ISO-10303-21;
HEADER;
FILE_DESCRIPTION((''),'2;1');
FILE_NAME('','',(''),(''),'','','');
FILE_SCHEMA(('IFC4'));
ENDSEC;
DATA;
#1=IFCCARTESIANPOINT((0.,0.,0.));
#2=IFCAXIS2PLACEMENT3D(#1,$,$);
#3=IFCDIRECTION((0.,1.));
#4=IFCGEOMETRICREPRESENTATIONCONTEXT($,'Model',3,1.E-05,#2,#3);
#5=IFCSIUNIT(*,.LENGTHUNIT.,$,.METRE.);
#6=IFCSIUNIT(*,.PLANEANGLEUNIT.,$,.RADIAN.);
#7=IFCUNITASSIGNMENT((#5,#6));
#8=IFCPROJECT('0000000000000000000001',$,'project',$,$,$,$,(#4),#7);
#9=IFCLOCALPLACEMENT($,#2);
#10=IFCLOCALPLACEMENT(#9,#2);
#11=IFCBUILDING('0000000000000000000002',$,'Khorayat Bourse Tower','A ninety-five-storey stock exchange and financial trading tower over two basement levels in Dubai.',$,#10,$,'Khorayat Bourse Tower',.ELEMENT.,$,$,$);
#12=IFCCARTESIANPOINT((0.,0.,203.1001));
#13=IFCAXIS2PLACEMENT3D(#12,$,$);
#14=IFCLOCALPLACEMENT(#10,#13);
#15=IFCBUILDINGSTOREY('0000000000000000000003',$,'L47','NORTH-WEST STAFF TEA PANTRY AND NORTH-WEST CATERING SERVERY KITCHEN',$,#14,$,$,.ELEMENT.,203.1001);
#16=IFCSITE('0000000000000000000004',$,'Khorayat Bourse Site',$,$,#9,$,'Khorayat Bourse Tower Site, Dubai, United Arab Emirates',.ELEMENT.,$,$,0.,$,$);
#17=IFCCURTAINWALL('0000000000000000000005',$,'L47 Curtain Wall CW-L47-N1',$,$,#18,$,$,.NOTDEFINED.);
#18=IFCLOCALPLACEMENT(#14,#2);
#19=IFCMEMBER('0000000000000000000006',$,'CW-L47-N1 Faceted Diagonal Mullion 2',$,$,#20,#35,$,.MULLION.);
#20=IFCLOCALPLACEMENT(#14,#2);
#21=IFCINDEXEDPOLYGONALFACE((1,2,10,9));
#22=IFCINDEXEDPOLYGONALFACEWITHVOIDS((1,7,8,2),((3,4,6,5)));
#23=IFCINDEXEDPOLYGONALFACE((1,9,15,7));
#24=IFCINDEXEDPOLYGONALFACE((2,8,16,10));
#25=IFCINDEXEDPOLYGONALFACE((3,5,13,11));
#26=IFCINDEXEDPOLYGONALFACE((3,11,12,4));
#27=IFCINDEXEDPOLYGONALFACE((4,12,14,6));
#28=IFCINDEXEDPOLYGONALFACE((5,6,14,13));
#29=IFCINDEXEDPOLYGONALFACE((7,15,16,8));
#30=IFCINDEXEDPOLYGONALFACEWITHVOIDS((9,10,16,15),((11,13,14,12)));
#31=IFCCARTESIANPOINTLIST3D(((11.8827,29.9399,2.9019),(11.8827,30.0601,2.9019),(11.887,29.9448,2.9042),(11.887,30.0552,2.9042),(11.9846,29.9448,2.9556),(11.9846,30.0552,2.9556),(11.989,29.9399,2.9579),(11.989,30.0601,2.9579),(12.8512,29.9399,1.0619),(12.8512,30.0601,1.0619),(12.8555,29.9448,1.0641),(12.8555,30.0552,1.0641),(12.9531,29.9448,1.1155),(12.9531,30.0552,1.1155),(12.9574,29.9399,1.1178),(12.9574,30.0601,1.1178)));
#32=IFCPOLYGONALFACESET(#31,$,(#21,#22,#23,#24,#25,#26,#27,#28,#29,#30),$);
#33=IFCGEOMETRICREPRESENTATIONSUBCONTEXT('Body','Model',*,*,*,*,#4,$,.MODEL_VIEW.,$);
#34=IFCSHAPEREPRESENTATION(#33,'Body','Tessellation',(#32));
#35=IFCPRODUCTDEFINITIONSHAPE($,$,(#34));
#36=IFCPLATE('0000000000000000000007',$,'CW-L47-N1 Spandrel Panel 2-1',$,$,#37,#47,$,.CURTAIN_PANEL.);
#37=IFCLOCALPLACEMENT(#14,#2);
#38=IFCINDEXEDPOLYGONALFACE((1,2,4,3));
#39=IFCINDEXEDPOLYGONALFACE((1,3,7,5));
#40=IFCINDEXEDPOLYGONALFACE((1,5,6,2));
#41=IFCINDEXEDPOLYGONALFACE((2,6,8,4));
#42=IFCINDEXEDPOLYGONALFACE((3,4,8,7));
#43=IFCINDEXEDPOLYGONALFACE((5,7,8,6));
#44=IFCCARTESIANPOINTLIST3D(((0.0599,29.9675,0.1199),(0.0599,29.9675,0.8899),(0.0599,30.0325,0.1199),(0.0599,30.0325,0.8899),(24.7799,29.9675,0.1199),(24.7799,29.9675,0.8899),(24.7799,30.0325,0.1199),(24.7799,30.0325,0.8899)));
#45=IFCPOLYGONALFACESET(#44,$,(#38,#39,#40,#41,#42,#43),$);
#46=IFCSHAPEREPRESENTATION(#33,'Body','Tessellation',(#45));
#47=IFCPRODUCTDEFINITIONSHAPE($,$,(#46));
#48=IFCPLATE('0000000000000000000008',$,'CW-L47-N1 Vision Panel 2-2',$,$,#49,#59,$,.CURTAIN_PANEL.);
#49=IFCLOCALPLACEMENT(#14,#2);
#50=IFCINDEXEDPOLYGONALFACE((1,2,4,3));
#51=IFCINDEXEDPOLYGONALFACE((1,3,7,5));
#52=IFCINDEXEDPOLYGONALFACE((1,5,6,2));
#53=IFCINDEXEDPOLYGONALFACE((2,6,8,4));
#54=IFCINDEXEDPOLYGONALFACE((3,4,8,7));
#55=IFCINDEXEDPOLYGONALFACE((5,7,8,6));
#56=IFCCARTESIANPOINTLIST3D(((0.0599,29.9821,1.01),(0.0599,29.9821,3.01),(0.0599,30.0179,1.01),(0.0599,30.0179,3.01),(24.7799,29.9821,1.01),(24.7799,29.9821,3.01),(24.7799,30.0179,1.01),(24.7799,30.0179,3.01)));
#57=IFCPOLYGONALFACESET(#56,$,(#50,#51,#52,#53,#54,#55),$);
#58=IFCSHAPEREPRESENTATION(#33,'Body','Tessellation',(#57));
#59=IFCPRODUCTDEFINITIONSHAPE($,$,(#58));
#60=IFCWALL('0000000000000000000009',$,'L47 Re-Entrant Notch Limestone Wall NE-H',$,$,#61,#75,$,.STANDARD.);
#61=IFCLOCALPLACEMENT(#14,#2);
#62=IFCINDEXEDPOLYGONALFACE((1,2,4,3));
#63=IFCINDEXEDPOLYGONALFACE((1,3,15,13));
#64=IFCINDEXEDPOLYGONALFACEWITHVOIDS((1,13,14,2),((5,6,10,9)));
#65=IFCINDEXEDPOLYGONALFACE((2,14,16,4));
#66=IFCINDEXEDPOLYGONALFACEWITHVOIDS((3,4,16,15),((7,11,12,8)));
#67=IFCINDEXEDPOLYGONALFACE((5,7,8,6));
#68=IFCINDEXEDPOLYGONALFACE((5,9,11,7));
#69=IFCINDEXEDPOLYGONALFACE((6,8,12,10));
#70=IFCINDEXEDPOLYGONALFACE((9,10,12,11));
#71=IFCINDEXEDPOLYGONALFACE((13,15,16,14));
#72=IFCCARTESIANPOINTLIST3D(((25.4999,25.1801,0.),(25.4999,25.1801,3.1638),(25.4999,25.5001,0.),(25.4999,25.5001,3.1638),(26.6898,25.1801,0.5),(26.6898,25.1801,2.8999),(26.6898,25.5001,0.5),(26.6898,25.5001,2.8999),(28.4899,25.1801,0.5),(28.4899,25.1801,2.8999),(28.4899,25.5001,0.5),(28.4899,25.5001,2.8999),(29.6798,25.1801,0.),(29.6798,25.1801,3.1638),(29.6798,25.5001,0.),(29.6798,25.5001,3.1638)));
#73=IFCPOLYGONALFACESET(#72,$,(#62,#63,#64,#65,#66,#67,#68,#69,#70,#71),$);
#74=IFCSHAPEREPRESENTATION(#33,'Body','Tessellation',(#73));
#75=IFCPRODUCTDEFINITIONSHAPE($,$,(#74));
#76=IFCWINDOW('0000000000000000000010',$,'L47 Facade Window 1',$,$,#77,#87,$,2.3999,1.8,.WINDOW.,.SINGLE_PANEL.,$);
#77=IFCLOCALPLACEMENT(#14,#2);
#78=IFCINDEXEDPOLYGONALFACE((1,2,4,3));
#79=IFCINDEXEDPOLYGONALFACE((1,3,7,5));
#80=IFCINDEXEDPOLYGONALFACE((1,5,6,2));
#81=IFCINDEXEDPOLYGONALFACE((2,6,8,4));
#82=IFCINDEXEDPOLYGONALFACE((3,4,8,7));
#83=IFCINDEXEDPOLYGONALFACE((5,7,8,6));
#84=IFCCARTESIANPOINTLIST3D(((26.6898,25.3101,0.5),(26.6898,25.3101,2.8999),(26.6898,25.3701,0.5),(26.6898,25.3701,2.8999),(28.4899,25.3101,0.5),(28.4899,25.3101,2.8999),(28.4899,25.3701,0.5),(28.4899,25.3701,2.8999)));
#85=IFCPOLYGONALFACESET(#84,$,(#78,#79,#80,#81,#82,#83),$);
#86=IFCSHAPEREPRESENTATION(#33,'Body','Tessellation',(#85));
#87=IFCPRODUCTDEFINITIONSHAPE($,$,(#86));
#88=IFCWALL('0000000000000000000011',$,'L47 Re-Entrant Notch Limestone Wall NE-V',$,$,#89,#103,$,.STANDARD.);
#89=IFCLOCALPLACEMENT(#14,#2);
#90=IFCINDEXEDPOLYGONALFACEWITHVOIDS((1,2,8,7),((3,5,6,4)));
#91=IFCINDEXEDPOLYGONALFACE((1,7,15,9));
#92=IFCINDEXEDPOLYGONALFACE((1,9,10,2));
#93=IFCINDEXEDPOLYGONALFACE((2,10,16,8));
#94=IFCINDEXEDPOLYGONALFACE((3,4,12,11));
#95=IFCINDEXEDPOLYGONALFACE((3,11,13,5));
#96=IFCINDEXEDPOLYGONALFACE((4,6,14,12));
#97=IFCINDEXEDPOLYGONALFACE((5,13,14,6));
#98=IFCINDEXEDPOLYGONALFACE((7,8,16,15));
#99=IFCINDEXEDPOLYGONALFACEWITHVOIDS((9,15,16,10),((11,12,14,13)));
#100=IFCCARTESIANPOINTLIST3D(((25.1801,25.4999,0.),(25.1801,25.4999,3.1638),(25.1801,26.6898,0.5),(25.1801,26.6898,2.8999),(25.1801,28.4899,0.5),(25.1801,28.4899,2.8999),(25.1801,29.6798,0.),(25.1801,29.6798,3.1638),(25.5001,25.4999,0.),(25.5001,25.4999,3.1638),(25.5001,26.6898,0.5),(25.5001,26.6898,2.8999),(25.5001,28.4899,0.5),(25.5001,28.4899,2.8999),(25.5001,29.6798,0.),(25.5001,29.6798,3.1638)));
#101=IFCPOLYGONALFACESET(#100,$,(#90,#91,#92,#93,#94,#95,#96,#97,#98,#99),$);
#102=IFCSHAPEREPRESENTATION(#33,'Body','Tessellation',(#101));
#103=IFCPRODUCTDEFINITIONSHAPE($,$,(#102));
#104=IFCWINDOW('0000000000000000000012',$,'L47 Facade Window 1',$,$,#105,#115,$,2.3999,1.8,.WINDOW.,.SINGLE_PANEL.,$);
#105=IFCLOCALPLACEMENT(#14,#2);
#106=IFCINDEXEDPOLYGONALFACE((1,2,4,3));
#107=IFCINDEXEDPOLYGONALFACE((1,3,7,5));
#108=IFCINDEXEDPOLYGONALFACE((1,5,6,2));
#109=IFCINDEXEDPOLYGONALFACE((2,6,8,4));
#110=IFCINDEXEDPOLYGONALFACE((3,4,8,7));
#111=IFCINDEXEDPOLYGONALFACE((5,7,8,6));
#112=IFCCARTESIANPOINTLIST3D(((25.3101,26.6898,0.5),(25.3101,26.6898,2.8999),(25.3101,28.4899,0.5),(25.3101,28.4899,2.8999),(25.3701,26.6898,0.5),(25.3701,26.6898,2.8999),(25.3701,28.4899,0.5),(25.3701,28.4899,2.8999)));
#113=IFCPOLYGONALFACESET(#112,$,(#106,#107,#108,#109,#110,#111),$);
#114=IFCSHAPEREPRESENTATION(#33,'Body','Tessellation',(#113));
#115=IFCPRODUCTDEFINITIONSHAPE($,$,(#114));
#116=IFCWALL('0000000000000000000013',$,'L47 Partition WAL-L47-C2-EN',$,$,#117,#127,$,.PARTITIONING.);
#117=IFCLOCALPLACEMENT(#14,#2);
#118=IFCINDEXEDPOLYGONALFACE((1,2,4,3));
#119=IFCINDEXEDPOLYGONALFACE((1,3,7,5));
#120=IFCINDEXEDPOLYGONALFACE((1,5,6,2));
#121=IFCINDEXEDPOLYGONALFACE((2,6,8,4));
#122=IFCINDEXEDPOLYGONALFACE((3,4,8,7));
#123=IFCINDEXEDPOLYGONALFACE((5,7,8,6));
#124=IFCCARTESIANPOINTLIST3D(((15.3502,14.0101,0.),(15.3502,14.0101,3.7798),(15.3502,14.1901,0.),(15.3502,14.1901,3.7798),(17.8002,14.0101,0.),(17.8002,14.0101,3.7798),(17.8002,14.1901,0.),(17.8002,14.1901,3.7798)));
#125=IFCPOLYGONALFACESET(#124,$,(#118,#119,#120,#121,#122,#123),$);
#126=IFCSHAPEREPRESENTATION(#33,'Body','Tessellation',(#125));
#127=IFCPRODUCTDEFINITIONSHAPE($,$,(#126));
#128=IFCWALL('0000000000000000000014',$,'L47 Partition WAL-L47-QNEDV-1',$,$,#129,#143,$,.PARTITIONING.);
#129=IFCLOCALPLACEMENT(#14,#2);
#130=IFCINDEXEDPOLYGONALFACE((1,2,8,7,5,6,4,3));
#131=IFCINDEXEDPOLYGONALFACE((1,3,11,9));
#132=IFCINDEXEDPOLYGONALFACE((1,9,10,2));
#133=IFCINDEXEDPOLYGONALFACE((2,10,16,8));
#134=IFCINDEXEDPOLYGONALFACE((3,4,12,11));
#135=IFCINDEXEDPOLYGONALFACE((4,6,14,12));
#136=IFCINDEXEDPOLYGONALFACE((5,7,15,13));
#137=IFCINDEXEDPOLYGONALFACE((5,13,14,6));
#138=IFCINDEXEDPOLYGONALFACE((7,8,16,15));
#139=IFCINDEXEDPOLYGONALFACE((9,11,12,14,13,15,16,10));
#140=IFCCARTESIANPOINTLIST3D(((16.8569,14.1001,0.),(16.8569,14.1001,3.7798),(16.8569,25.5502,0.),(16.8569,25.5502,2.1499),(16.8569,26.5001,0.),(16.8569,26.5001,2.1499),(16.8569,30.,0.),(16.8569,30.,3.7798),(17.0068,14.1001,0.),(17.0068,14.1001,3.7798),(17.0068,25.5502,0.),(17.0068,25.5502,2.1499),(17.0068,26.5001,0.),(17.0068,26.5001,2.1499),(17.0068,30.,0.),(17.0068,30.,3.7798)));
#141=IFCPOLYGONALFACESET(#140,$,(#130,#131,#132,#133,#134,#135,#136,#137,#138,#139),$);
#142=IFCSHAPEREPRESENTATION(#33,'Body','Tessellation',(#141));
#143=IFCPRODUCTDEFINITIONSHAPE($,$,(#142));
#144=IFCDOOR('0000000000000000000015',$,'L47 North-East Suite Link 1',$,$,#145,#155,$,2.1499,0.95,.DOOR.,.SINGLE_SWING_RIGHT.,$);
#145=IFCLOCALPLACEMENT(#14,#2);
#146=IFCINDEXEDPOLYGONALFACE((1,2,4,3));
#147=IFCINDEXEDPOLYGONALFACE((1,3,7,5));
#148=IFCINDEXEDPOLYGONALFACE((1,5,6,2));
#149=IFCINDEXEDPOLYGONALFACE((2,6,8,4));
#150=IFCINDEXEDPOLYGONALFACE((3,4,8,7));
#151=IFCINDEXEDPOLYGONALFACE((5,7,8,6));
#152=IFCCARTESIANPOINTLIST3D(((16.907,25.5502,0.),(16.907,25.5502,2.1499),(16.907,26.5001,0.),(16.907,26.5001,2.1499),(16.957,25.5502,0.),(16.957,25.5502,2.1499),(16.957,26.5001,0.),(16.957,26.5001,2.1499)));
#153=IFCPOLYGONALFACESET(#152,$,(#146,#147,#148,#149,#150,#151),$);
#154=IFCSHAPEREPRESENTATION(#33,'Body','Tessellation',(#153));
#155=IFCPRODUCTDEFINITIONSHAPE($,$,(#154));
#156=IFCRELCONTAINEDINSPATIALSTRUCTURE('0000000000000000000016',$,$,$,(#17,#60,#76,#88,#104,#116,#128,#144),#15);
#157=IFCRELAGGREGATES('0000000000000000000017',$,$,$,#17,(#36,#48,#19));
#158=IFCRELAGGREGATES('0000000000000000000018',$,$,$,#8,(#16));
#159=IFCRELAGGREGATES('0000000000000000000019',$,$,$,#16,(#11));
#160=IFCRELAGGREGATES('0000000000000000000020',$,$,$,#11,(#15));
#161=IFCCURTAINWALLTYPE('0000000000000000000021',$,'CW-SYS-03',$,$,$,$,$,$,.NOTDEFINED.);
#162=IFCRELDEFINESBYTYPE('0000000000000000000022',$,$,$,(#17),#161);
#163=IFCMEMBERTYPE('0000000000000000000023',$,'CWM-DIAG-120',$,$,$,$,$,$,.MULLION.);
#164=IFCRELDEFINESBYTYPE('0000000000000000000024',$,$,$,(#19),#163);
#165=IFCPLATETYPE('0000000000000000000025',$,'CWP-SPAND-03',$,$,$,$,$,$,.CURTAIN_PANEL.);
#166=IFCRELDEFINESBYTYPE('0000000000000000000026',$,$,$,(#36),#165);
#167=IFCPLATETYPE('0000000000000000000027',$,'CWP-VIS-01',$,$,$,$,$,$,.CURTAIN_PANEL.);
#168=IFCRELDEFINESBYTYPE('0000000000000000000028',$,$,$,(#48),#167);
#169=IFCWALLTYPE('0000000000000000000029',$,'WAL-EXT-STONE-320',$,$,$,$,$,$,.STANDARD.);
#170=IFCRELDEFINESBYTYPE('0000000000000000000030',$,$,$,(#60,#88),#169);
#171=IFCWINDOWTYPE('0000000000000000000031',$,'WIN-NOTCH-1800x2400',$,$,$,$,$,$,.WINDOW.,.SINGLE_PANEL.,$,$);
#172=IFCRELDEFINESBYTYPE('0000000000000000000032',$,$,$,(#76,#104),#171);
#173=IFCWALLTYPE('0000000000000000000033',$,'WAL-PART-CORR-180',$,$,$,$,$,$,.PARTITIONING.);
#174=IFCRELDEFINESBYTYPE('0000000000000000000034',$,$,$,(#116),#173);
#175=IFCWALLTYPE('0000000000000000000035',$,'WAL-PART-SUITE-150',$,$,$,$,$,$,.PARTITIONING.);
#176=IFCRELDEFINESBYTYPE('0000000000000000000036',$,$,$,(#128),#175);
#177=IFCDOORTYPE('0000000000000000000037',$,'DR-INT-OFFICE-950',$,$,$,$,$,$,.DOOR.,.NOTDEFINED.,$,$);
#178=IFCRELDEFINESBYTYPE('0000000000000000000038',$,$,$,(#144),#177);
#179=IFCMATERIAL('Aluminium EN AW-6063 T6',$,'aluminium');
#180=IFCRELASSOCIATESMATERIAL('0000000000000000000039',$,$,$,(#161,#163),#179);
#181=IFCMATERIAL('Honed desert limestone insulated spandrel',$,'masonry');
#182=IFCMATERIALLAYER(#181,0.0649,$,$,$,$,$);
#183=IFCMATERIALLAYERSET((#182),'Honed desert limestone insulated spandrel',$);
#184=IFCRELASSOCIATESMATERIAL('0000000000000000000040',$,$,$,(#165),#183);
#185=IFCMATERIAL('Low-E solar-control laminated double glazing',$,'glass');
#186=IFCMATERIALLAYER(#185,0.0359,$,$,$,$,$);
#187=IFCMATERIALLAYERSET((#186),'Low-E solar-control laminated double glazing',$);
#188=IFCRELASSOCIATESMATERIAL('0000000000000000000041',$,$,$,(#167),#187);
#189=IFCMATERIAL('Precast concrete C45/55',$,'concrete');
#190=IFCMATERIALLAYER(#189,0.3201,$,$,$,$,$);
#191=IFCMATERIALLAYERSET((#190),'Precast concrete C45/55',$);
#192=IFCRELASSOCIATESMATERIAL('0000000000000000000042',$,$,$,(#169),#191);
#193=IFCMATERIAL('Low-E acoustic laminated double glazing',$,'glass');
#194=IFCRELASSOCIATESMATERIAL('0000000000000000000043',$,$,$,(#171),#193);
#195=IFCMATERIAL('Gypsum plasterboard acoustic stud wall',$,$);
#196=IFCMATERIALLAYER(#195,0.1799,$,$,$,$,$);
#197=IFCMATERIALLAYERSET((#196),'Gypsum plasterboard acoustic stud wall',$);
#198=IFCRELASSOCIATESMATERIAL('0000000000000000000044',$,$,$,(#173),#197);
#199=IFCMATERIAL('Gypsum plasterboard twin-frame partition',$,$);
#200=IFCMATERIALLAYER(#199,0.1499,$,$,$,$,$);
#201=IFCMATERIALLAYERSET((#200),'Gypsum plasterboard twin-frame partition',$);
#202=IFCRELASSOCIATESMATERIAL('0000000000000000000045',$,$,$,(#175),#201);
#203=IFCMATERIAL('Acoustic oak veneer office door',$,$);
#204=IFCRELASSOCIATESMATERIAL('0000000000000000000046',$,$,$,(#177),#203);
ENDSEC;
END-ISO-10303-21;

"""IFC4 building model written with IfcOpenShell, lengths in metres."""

from ifc_helpers import new_model, si_unit, direction, frame, frame_2d, origin, origin_2d, place, context, subcontext, project, spatial, rectangle, hollow_rectangle, extrude, source, transform, mapped, material, layer, layer_set, material_profile, profile_set, type_object, element, fill, aggregate, save


model = new_model("IFC4")

# Units and contexts
model_context = context("Model", 3, precision=1e-05, world=origin(), true_north=direction((0.0, 1.0)))
body_context = subcontext(model_context, "Body", "Model", "MODEL_VIEW")
ifc_project = project(units=[si_unit("LENGTHUNIT", "METRE"), si_unit("PLANEANGLEUNIT", "RADIAN")], contexts=[model_context])

# Site, building, storey
site_placement = place(None, origin())
site = spatial("IfcSite", under=ifc_project, at=site_placement, Name="Khorayat Bourse Site", LongName="Khorayat Bourse Tower Site, Dubai, United Arab Emirates", CompositionType="ELEMENT", RefElevation=0.0)
building_placement = place(site_placement, origin())
building = spatial("IfcBuilding", under=site, at=building_placement, Name="Khorayat Bourse Tower", Description="A ninety-five-storey stock exchange and financial trading tower over two basement levels in Dubai.", LongName="Khorayat Bourse Tower", CompositionType="ELEMENT")
storey_placement = place(building_placement, frame((0.0, 0.0, 203.1001)))
storey = spatial("IfcBuildingStorey", under=building, at=storey_placement, Name="L47", Description="NORTH-WEST STAFF TEA PANTRY AND NORTH-WEST CATERING SERVERY KITCHEN", CompositionType="ELEMENT", Elevation=203.1001)

# Curtain wall
ifc_material_1 = material(Name="Aluminium EN AW-6063 T6", Category="aluminium")
curtain_wall_type = type_object("IfcCurtainWallType", Name="CW-SYS-03", PredefinedType="NOTDEFINED", material=ifc_material_1)
curtain_wall_1_placement = place(storey_placement, origin())
curtain_wall_1 = element("IfcCurtainWall", 1, at=curtain_wall_1_placement, inside=storey, type_object=curtain_wall_type, Name="L47 Curtain Wall CW-L47-N1", PredefinedType="NOTDEFINED")

# Member
ifc_material_profile_1 = material_profile(ifc_material_1, hollow_rectangle(XDim=0.1201, YDim=0.1201, WallThickness=0.0049, at=origin_2d()), Name="ALU 120x120x5")
ifc_profile_set_1 = profile_set([ifc_material_profile_1], Name="Aluminium EN AW-6063 T6")
member_type_1 = type_object("IfcMemberType", Name="CWM-DIAG-120", PredefinedType="MULLION", material=ifc_profile_set_1)
shared_shape_1 = source(origin(), body_context, "Body", "SweptSolid", [
    extrude(hollow_rectangle(XDim=0.1201, YDim=0.1201, WallThickness=0.0049, at=origin_2d()), origin(), (0.0, 0.0, 1.0), 2.0793),
])
member_1_placement = place(storey_placement, frame((12.9043, 30.0, 1.0898), z_axis=(-0.465761, 0.0, 0.884911), x_axis=(0.0, -1.0, 0.0)))
member_1 = element("IfcMember", 2, at=member_1_placement, type_object=member_type_1, Name="CW-L47-N1 Faceted Diagonal Mullion 2", PredefinedType="MULLION", context=body_context, shape_type="MappedRepresentation", body=[
    mapped(shared_shape_1, transform((0.0, 0.0, 0.0), scale=1.0)),
])

# Plates
ifc_material_2 = material(Name="Honed desert limestone insulated spandrel", Category="masonry")
ifc_layer_1 = layer(ifc_material_2, 0.0649)
ifc_layer_set_1 = layer_set([ifc_layer_1], Name="Honed desert limestone insulated spandrel")
plate_type_1 = type_object("IfcPlateType", Name="CWP-SPAND-03", PredefinedType="CURTAIN_PANEL", material=ifc_layer_set_1)
shared_shape_2 = source(origin(), body_context, "Body", "SweptSolid", [
    extrude(rectangle(XDim=24.72, YDim=0.0649, at=origin_2d()), origin(), (0.0, 0.0, 1.0), 0.77),
])
plate_1_placement = place(storey_placement, frame((12.4199, 30.0, 0.1199), z_axis=(0.0, 0.0, 1.0), x_axis=(1.0, 0.0, 0.0)))
plate_1 = element("IfcPlate", 3, at=plate_1_placement, type_object=plate_type_1, Name="CW-L47-N1 Spandrel Panel 2-1", PredefinedType="CURTAIN_PANEL", context=body_context, shape_type="MappedRepresentation", body=[
    mapped(shared_shape_2, transform((0.0, 0.0, 0.0), scale=1.0)),
])
ifc_material_3 = material(Name="Low-E solar-control laminated double glazing", Category="glass")
ifc_layer_2 = layer(ifc_material_3, 0.0359)
ifc_layer_set_2 = layer_set([ifc_layer_2], Name="Low-E solar-control laminated double glazing")
plate_type_2 = type_object("IfcPlateType", Name="CWP-VIS-01", PredefinedType="CURTAIN_PANEL", material=ifc_layer_set_2)
shared_shape_3 = source(origin(), body_context, "Body", "SweptSolid", [
    extrude(rectangle(XDim=24.72, YDim=0.0359, at=origin_2d()), origin(), (0.0, 0.0, 1.0), 2.0),
])
plate_2_placement = place(storey_placement, frame((12.4199, 30.0, 1.01), z_axis=(0.0, 0.0, 1.0), x_axis=(1.0, 0.0, 0.0)))
plate_2 = element("IfcPlate", 4, at=plate_2_placement, type_object=plate_type_2, Name="CW-L47-N1 Vision Panel 2-2", PredefinedType="CURTAIN_PANEL", context=body_context, shape_type="MappedRepresentation", body=[
    mapped(shared_shape_3, transform((0.0, 0.0, 0.0), scale=1.0)),
])
aggregate(curtain_wall_1, [plate_1, plate_2, member_1])

# Walls, openings, windows
ifc_material_4 = material(Name="Precast concrete C45/55", Category="concrete")
ifc_layer_3 = layer(ifc_material_4, 0.3201)
ifc_layer_set_3 = layer_set([ifc_layer_3], Name="Precast concrete C45/55")
wall_type_1 = type_object("IfcWallType", Name="WAL-EXT-STONE-320", PredefinedType="STANDARD", material=ifc_layer_set_3)
shared_shape_4 = source(origin(), body_context, "Body", "SweptSolid", [
    extrude(rectangle(XDim=4.1799, YDim=0.3201, at=frame_2d((2.0898, 0.0))), origin(), (0.0, 0.0, 1.0), 3.1638),
])
wall_1_placement = place(storey_placement, frame((25.5, 25.3401, 0.0), z_axis=(0.0, 0.0, 1.0), x_axis=(1.0, 0.0, 0.0)))
wall_1 = element("IfcWall", 5, at=wall_1_placement, inside=storey, type_object=wall_type_1, Name="L47 Re-Entrant Notch Limestone Wall NE-H", PredefinedType="STANDARD", context=body_context, shape_type="MappedRepresentation", body=[
    mapped(shared_shape_4, transform((0.0, 0.0, 0.0), scale=1.0)),
])
shared_shape_5 = source(origin(), body_context, "Body", "SweptSolid", [
    extrude(rectangle(XDim=1.8, YDim=2.3999, at=frame_2d((0.8999, 1.2))), frame((0.0, 0.1699, 0.0), z_axis=(0.0, -1.0, 0.0), x_axis=(1.0, 0.0, 0.0)), (0.0, 0.0, 1.0), 0.3401),
])
opening_1_placement = place(wall_1_placement, frame((1.1899, 0.0, 0.5)))
opening_1 = element("IfcOpeningElement", 6, at=opening_1_placement, cuts=wall_1, PredefinedType="OPENING", context=body_context, shape_type="MappedRepresentation", body=[
    mapped(shared_shape_5, transform((0.0, 0.0, 0.0), scale=1.0)),
])
ifc_material_5 = material(Name="Low-E acoustic laminated double glazing", Category="glass")
window_type = type_object("IfcWindowType", Name="WIN-NOTCH-1800x2400", PartitioningType="SINGLE_PANEL", PredefinedType="WINDOW", material=ifc_material_5)
shared_shape_6 = source(origin(), body_context, "Body", "SweptSolid", [
    extrude(rectangle(XDim=1.8, YDim=2.3999, at=frame_2d((0.8999, 1.2))), frame((0.0, 0.03, 0.0), z_axis=(0.0, -1.0, 0.0), x_axis=(1.0, 0.0, 0.0)), (0.0, 0.0, 1.0), 0.0601),
])
window_1_placement = place(opening_1_placement, origin())
window_1 = element("IfcWindow", 7, at=window_1_placement, inside=storey, type_object=window_type, Name="L47 Facade Window 1", OverallHeight=2.3999, OverallWidth=1.8, PartitioningType="SINGLE_PANEL", PredefinedType="WINDOW", context=body_context, shape_type="MappedRepresentation", body=[
    mapped(shared_shape_6, transform((0.0, 0.0, 0.0), scale=1.0)),
])
fill(opening_1, window_1)
wall_2_placement = place(storey_placement, frame((25.3401, 25.5, 0.0), z_axis=(0.0, 0.0, 1.0), x_axis=(0.0, 1.0, 0.0)))
wall_2 = element("IfcWall", 8, at=wall_2_placement, inside=storey, type_object=wall_type_1, Name="L47 Re-Entrant Notch Limestone Wall NE-V", PredefinedType="STANDARD", context=body_context, shape_type="MappedRepresentation", body=[
    mapped(shared_shape_4, transform((0.0, 0.0, 0.0), scale=1.0)),
])
opening_2_placement = place(wall_2_placement, frame((1.1899, 0.0, 0.5)))
opening_2 = element("IfcOpeningElement", 9, at=opening_2_placement, cuts=wall_2, PredefinedType="OPENING", context=body_context, shape_type="MappedRepresentation", body=[
    mapped(shared_shape_5, transform((0.0, 0.0, 0.0), scale=1.0)),
])
window_2_placement = place(opening_2_placement, origin())
window_2 = element("IfcWindow", 10, at=window_2_placement, inside=storey, type_object=window_type, Name="L47 Facade Window 1", OverallHeight=2.3999, OverallWidth=1.8, PartitioningType="SINGLE_PANEL", PredefinedType="WINDOW", context=body_context, shape_type="MappedRepresentation", body=[
    mapped(shared_shape_6, transform((0.0, 0.0, 0.0), scale=1.0)),
])
fill(opening_2, window_2)

# Wall
ifc_material_6 = material(Name="Gypsum plasterboard acoustic stud wall")
ifc_layer_4 = layer(ifc_material_6, 0.1799)
ifc_layer_set_4 = layer_set([ifc_layer_4], Name="Gypsum plasterboard acoustic stud wall")
wall_type_2 = type_object("IfcWallType", Name="WAL-PART-CORR-180", PredefinedType="PARTITIONING", material=ifc_layer_set_4)
shared_shape_7 = source(origin(), body_context, "Body", "SweptSolid", [
    extrude(rectangle(XDim=2.45, YDim=0.1799, at=frame_2d((1.2251, 0.0))), origin(), (0.0, 0.0, 1.0), 3.7798),
])
wall_3_placement = place(storey_placement, frame((15.3501, 14.1001, 0.0), z_axis=(0.0, 0.0, 1.0), x_axis=(1.0, 0.0, 0.0)))
element("IfcWall", 11, at=wall_3_placement, inside=storey, type_object=wall_type_2, Name="L47 Partition WAL-L47-C2-EN", PredefinedType="PARTITIONING", context=body_context, shape_type="MappedRepresentation", body=[
    mapped(shared_shape_7, transform((0.0, 0.0, 0.0), scale=1.0)),
])

# Wall, opening, door
ifc_material_7 = material(Name="Gypsum plasterboard twin-frame partition")
ifc_layer_5 = layer(ifc_material_7, 0.1499)
ifc_layer_set_5 = layer_set([ifc_layer_5], Name="Gypsum plasterboard twin-frame partition")
wall_type_3 = type_object("IfcWallType", Name="WAL-PART-SUITE-150", PredefinedType="PARTITIONING", material=ifc_layer_set_5)
shared_shape_8 = source(origin(), body_context, "Body", "SweptSolid", [
    extrude(rectangle(XDim=15.8999, YDim=0.1499, at=frame_2d((7.95, 0.0))), origin(), (0.0, 0.0, 1.0), 3.7798),
])
wall_4_placement = place(storey_placement, frame((16.9319, 14.1001, 0.0), z_axis=(0.0, 0.0, 1.0), x_axis=(0.0, 1.0, 0.0)))
wall_4 = element("IfcWall", 12, at=wall_4_placement, inside=storey, type_object=wall_type_3, Name="L47 Partition WAL-L47-QNEDV-1", PredefinedType="PARTITIONING", context=body_context, shape_type="MappedRepresentation", body=[
    mapped(shared_shape_8, transform((0.0, 0.0, 0.0), scale=1.0)),
])
shared_shape_9 = source(origin(), body_context, "Body", "SweptSolid", [
    extrude(rectangle(XDim=0.95, YDim=2.1499, at=frame_2d((0.4751, 1.075))), frame((0.0, 0.085, 0.0), z_axis=(0.0, -1.0, 0.0), x_axis=(1.0, 0.0, 0.0)), (0.0, 0.0, 1.0), 0.1699),
])
opening_3_placement = place(wall_4_placement, frame((11.45, 0.0, 0.0)))
opening_3 = element("IfcOpeningElement", 13, at=opening_3_placement, cuts=wall_4, PredefinedType="OPENING", context=body_context, shape_type="MappedRepresentation", body=[
    mapped(shared_shape_9, transform((0.0, 0.0, 0.0), scale=1.0)),
])
ifc_material_8 = material(Name="Acoustic oak veneer office door")
door_type = type_object("IfcDoorType", Name="DR-INT-OFFICE-950", OperationType="NOTDEFINED", PredefinedType="DOOR", material=ifc_material_8)
shared_shape_10 = source(origin(), body_context, "Body", "SweptSolid", [
    extrude(rectangle(XDim=0.95, YDim=2.1499, at=frame_2d((0.4751, 1.075))), frame((0.0, 0.0249, 0.0), z_axis=(0.0, -1.0, 0.0), x_axis=(1.0, 0.0, 0.0)), (0.0, 0.0, 1.0), 0.05),
])
door_1_placement = place(opening_3_placement, origin())
door_1 = element("IfcDoor", 14, at=door_1_placement, inside=storey, type_object=door_type, Name="L47 North-East Suite Link 1", OperationType="SINGLE_SWING_RIGHT", OverallHeight=2.1499, OverallWidth=0.95, PredefinedType="DOOR", context=body_context, shape_type="MappedRepresentation", body=[
    mapped(shared_shape_10, transform((0.0, 0.0, 0.0), scale=1.0)),
])
fill(opening_3, door_1)

save(model, "model.ifc")
